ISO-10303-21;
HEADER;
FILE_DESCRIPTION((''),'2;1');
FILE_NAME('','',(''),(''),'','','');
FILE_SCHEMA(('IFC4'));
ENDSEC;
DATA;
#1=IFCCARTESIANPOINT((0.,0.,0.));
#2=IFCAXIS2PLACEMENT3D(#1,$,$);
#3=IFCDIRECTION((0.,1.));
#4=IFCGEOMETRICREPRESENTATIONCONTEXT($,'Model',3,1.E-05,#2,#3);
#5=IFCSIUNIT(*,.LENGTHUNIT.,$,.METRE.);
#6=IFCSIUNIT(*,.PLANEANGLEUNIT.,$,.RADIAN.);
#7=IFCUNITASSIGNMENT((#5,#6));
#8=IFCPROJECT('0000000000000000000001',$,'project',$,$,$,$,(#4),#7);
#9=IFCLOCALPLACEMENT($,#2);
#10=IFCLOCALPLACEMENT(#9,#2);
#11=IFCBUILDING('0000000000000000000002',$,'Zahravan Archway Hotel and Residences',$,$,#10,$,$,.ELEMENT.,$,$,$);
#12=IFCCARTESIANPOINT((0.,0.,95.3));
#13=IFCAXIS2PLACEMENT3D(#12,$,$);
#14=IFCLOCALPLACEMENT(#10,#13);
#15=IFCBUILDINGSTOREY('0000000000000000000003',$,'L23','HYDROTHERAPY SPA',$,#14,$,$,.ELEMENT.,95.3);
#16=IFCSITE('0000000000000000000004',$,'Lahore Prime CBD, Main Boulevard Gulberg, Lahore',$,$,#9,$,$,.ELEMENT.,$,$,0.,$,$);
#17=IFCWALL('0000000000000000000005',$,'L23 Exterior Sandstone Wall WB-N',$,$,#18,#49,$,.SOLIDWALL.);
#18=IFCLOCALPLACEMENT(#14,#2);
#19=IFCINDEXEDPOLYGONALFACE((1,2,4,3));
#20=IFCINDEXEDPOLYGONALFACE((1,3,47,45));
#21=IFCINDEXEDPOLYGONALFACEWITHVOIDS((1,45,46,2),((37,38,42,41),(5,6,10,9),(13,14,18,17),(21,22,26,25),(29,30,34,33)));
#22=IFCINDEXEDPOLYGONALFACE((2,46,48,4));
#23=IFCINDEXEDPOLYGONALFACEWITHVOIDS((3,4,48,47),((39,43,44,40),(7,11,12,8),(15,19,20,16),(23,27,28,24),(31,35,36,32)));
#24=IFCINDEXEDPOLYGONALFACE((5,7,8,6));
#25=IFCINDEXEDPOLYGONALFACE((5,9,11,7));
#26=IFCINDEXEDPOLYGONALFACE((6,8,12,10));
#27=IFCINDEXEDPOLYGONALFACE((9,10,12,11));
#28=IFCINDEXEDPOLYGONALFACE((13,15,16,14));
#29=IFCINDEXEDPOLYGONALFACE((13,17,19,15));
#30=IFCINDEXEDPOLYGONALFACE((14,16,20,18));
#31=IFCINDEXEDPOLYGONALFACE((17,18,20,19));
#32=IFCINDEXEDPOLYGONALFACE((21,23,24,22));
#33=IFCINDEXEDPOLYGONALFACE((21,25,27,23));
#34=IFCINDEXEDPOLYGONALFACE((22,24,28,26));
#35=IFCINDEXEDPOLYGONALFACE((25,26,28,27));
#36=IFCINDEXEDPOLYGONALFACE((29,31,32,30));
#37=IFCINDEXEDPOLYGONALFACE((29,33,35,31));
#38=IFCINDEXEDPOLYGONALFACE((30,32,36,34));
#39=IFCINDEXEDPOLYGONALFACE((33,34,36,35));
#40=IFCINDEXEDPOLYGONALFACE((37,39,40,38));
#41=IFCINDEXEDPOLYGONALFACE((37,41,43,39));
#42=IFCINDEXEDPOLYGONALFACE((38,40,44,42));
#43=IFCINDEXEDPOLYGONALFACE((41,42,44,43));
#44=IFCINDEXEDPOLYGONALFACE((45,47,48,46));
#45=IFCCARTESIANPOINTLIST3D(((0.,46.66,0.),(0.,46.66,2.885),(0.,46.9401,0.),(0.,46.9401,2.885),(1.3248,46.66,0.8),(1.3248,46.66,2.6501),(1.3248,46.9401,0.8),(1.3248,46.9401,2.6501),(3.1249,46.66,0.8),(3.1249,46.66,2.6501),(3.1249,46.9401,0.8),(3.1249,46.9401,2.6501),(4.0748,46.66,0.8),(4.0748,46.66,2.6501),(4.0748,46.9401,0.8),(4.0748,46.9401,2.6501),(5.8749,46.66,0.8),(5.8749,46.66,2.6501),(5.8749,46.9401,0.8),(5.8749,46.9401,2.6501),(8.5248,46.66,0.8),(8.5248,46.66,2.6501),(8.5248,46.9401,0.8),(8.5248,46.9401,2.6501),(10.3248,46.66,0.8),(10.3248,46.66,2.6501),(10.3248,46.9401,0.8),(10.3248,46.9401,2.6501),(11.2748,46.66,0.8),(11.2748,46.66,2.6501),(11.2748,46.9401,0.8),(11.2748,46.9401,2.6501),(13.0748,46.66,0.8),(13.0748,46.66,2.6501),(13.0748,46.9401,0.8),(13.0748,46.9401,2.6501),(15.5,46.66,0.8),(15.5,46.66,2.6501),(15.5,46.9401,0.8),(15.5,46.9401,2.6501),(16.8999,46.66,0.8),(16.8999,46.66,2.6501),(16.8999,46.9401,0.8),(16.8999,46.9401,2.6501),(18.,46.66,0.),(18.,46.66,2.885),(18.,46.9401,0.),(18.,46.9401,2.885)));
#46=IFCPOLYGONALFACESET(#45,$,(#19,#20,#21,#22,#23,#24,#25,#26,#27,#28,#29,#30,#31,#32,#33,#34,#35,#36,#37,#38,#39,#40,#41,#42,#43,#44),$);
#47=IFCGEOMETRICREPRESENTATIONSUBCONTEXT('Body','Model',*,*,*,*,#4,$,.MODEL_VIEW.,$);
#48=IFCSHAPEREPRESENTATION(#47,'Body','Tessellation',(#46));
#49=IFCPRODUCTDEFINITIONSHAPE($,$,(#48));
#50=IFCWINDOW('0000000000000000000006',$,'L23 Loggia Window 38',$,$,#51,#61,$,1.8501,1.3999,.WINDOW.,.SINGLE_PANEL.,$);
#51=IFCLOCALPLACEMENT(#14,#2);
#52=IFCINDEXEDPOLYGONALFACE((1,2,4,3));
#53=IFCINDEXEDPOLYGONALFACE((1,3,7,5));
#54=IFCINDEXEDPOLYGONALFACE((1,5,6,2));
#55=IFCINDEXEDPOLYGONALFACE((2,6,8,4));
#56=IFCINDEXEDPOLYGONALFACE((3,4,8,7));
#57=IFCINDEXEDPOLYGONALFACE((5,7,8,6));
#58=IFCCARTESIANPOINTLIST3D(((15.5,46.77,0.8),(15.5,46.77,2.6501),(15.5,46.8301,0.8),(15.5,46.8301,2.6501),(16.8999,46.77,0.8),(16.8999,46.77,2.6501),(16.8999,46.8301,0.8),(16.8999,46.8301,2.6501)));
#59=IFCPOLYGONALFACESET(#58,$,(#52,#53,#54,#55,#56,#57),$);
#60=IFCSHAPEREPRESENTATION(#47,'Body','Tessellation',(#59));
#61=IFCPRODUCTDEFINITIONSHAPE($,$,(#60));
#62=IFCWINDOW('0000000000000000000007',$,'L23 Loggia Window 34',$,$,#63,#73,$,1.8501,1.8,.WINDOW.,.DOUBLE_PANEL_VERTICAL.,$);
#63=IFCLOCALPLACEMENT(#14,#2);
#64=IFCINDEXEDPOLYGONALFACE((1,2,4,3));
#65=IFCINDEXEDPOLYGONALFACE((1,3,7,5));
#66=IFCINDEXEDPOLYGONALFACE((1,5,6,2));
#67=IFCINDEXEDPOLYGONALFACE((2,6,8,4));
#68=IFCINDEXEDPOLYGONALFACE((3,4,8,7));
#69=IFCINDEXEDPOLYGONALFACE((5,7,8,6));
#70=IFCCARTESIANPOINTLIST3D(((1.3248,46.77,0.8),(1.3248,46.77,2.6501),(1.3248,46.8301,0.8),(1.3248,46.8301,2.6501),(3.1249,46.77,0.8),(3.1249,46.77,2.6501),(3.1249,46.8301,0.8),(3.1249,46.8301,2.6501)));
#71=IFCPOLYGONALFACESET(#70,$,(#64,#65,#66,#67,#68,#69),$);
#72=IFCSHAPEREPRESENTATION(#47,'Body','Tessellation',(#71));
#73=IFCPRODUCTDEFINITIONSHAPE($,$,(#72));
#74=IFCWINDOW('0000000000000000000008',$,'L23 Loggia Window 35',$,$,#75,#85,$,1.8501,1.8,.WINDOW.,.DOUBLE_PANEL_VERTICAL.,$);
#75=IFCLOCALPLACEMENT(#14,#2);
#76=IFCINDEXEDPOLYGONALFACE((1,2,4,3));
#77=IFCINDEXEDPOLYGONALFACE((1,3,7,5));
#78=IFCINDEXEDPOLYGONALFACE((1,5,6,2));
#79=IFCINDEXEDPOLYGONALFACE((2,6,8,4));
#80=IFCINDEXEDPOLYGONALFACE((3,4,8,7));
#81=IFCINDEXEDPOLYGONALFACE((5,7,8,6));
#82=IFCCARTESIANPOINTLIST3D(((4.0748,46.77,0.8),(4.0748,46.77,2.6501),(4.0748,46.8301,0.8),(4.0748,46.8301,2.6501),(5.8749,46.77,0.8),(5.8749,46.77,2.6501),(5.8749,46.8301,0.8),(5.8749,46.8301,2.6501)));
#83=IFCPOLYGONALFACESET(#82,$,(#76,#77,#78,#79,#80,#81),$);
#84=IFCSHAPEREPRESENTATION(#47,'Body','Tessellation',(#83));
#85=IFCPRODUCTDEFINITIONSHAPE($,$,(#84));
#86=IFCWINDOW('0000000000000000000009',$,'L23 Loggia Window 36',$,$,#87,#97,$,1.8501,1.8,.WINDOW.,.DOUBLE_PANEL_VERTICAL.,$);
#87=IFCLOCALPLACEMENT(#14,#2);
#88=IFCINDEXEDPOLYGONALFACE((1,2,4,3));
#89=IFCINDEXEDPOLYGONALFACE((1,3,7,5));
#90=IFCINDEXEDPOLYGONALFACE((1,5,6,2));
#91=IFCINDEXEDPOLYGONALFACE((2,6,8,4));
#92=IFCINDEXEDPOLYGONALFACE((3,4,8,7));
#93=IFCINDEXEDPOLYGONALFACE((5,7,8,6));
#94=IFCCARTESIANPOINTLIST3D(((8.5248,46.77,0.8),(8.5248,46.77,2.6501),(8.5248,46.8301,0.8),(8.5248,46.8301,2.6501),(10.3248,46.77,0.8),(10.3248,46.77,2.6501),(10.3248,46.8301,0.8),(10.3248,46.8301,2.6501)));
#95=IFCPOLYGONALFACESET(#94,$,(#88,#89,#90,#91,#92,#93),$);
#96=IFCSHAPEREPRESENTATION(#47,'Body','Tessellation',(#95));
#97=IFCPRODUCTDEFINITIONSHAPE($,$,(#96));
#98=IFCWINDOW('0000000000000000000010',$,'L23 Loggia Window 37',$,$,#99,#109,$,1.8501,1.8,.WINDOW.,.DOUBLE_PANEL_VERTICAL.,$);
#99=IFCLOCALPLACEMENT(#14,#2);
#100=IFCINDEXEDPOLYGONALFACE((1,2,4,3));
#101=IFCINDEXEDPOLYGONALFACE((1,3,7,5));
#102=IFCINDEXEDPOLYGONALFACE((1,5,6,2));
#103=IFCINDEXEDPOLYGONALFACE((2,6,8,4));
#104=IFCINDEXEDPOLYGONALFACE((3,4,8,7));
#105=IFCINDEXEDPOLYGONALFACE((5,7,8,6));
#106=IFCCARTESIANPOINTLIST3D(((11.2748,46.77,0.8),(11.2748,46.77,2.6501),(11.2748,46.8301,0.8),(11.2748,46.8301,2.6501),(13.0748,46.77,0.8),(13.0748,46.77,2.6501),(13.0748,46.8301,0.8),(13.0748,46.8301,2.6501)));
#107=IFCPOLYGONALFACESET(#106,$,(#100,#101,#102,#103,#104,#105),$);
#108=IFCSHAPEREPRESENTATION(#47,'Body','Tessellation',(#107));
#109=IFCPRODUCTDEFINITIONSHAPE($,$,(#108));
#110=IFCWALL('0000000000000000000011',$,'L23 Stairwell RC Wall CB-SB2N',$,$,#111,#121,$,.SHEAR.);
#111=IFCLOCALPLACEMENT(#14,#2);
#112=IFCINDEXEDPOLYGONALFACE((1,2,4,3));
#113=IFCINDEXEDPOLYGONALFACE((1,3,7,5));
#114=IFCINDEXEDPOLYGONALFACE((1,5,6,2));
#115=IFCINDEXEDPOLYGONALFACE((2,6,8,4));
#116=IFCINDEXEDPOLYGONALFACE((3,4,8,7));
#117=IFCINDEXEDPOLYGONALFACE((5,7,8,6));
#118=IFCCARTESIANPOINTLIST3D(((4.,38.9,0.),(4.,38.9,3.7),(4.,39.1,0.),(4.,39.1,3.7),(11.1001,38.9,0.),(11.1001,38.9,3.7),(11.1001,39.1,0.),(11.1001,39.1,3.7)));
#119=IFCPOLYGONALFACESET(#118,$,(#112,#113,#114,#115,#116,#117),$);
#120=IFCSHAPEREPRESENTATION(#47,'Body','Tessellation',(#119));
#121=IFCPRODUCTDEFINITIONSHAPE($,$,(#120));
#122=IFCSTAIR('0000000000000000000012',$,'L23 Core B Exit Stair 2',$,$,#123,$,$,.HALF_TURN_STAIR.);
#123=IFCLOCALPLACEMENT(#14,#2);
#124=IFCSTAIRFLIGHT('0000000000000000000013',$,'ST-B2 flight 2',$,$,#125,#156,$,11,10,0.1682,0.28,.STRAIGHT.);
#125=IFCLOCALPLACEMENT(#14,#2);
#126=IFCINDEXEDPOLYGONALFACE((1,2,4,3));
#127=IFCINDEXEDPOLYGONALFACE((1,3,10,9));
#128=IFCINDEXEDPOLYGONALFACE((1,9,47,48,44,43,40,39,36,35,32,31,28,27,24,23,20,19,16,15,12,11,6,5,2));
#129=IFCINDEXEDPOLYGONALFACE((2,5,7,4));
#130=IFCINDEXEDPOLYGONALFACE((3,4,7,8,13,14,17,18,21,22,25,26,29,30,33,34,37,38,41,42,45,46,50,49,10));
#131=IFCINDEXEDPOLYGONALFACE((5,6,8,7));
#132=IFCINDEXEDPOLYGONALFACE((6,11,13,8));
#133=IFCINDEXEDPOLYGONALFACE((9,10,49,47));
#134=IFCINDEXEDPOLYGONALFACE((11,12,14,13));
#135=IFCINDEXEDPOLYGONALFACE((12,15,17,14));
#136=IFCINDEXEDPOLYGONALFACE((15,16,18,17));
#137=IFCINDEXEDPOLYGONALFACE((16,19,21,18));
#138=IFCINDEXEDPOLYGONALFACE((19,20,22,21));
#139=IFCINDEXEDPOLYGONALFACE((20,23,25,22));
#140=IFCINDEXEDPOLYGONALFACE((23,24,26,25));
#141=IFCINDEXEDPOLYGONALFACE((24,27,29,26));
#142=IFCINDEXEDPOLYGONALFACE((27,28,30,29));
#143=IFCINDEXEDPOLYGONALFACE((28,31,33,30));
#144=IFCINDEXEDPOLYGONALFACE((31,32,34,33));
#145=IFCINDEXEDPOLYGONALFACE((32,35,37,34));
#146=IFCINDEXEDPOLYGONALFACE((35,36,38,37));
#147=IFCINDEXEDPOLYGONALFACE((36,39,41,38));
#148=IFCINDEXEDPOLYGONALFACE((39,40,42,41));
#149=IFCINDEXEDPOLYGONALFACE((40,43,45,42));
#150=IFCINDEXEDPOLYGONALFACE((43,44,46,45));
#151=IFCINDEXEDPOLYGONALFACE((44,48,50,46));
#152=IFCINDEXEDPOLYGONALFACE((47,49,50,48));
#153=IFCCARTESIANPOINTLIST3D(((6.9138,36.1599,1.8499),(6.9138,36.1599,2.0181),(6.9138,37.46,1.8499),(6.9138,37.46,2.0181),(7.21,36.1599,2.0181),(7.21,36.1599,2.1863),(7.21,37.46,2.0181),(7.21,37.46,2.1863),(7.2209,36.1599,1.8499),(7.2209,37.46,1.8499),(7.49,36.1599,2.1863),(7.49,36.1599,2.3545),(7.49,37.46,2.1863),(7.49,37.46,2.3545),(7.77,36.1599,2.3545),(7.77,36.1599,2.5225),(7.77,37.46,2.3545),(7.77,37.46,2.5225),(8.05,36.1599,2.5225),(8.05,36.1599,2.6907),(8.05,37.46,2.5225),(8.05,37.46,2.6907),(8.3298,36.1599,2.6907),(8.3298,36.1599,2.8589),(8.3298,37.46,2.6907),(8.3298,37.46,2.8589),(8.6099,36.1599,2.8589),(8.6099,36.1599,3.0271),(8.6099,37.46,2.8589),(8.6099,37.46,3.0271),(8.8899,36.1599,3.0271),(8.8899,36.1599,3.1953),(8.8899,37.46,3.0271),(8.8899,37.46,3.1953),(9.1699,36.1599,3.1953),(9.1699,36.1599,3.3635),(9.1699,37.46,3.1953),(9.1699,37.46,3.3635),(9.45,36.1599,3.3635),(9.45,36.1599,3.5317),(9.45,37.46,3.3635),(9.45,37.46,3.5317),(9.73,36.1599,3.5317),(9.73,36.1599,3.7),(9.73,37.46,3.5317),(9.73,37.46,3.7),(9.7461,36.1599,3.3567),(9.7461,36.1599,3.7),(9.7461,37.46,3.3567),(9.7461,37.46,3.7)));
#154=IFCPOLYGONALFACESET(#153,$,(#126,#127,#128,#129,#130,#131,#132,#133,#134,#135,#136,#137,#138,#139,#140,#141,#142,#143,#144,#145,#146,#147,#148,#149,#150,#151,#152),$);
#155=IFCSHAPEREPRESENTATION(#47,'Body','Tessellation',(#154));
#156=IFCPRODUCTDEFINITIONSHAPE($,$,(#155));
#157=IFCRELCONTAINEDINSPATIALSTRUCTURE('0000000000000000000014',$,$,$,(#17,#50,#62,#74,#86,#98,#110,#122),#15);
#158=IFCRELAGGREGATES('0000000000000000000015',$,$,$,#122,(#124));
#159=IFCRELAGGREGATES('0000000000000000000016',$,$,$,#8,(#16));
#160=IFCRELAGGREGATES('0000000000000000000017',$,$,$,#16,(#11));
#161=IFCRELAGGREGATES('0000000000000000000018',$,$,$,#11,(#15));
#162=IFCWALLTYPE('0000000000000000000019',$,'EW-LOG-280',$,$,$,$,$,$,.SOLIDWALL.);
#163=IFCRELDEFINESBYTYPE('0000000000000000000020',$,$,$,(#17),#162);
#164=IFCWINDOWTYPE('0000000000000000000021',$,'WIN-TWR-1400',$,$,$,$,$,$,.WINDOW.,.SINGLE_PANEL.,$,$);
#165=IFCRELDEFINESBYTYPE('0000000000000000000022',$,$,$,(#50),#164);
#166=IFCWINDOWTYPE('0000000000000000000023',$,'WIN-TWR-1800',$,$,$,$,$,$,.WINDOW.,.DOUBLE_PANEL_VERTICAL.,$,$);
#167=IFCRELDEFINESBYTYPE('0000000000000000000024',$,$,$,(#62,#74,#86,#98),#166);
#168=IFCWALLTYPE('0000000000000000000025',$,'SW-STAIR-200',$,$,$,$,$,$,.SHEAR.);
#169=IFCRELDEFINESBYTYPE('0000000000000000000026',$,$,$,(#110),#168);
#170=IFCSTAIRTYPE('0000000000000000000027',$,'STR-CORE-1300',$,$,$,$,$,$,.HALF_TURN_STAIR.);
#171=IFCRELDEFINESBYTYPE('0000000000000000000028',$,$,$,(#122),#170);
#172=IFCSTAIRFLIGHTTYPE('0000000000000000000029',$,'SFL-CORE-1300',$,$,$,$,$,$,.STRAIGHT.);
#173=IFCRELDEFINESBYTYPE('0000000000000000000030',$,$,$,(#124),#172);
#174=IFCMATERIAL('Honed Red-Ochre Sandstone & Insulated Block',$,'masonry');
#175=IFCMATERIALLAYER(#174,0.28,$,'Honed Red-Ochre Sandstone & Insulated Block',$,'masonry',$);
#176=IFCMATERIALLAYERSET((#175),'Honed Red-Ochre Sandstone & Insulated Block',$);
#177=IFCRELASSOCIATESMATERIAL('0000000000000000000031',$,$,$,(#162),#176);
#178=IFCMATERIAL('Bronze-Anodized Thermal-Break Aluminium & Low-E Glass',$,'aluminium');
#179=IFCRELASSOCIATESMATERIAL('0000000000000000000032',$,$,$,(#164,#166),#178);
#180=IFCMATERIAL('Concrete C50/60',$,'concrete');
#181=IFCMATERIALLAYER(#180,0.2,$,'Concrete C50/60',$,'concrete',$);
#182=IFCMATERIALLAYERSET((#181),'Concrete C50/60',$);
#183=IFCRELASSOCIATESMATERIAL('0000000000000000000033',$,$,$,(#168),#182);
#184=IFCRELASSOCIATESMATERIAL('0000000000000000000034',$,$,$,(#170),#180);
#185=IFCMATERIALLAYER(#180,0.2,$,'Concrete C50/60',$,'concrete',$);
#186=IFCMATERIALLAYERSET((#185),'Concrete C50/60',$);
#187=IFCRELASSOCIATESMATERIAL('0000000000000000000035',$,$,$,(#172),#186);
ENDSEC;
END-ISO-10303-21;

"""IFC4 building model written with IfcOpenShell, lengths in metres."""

from ifc_helpers import new_model, si_unit, direction, frame, frame_2d, origin, place, context, subcontext, project, spatial, polyline, rectangle, outline, extrude, source, transform, mapped, material, layer, layer_set, type_object, type_shapes, element, fill, aggregate, save


model = new_model("IFC4")

# Units and contexts
model_context = context("Model", 3, precision=1e-05, world=origin(), true_north=direction((0.0, 1.0)))
body_context = subcontext(model_context, "Body", "Model", "MODEL_VIEW")
ifc_project = project(units=[si_unit("LENGTHUNIT", "METRE"), si_unit("PLANEANGLEUNIT", "RADIAN")], contexts=[model_context])

# Site, building, storey
site_placement = place(None, origin())
site = spatial("IfcSite", under=ifc_project, at=site_placement, Name="Lahore Prime CBD, Main Boulevard Gulberg, Lahore", CompositionType="ELEMENT", RefElevation=0.0)
building_placement = place(site_placement, origin())
building = spatial("IfcBuilding", under=site, at=building_placement, Name="Zahravan Archway Hotel and Residences", CompositionType="ELEMENT")
storey_placement = place(building_placement, frame((0.0, 0.0, 95.3)))
storey = spatial("IfcBuildingStorey", under=building, at=storey_placement, Name="L23", Description="HYDROTHERAPY SPA", CompositionType="ELEMENT", Elevation=95.3)

# Wall, openings, windows
ifc_material_1 = material(Name="Honed Red-Ochre Sandstone & Insulated Block", Category="masonry")
ifc_layer_1 = layer(ifc_material_1, 0.28, Name="Honed Red-Ochre Sandstone & Insulated Block", Category="masonry")
ifc_layer_set_1 = layer_set([ifc_layer_1], Name="Honed Red-Ochre Sandstone & Insulated Block")
wall_type_1 = type_object("IfcWallType", Name="EW-LOG-280", PredefinedType="SOLIDWALL", material=ifc_layer_set_1)
wall_1_placement = place(storey_placement, frame((0.0, 46.8, 0.0), z_axis=(0.0, 0.0, 1.0), x_axis=(1.0, 0.0, 0.0)))
wall_1 = element("IfcWall", 1, at=wall_1_placement, inside=storey, type_object=wall_type_1, Name="L23 Exterior Sandstone Wall WB-N", PredefinedType="SOLIDWALL", context=body_context, shape_type="SweptSolid", body=[
    extrude(rectangle(XDim=18.0, YDim=0.28, at=frame_2d((9.0, 0.0))), origin(), (0.0, 0.0, 1.0), 2.885),
])
opening_1_placement = place(wall_1_placement, frame((1.325, 0.0, 0.8)))
opening_1 = element("IfcOpeningElement", 2, at=opening_1_placement, cuts=wall_1, PredefinedType="OPENING", context=body_context, shape_type="SweptSolid", body=[
    extrude(rectangle(XDim=1.8, YDim=1.8501, at=frame_2d((0.8999, 0.925))), frame((0.0, 0.1499, 0.0), z_axis=(0.0, -1.0, 0.0), x_axis=(1.0, 0.0, 0.0)), (0.0, 0.0, 1.0), 0.3),
])
opening_2_placement = place(wall_1_placement, frame((4.075, 0.0, 0.8)))
opening_2 = element("IfcOpeningElement", 3, at=opening_2_placement, cuts=wall_1, PredefinedType="OPENING", context=body_context, shape_type="SweptSolid", body=[
    extrude(rectangle(XDim=1.8, YDim=1.8501, at=frame_2d((0.8999, 0.925))), frame((0.0, 0.1499, 0.0), z_axis=(0.0, -1.0, 0.0), x_axis=(1.0, 0.0, 0.0)), (0.0, 0.0, 1.0), 0.3),
])
opening_3_placement = place(wall_1_placement, frame((8.5249, 0.0, 0.8)))
opening_3 = element("IfcOpeningElement", 4, at=opening_3_placement, cuts=wall_1, PredefinedType="OPENING", context=body_context, shape_type="SweptSolid", body=[
    extrude(rectangle(XDim=1.8, YDim=1.8501, at=frame_2d((0.8999, 0.925))), frame((0.0, 0.1499, 0.0), z_axis=(0.0, -1.0, 0.0), x_axis=(1.0, 0.0, 0.0)), (0.0, 0.0, 1.0), 0.3),
])
opening_4_placement = place(wall_1_placement, frame((11.2749, 0.0, 0.8)))
opening_4 = element("IfcOpeningElement", 5, at=opening_4_placement, cuts=wall_1, PredefinedType="OPENING", context=body_context, shape_type="SweptSolid", body=[
    extrude(rectangle(XDim=1.8, YDim=1.8501, at=frame_2d((0.8999, 0.925))), frame((0.0, 0.1499, 0.0), z_axis=(0.0, -1.0, 0.0), x_axis=(1.0, 0.0, 0.0)), (0.0, 0.0, 1.0), 0.3),
])
opening_5_placement = place(wall_1_placement, frame((15.5, 0.0, 0.8)))
opening_5 = element("IfcOpeningElement", 6, at=opening_5_placement, cuts=wall_1, PredefinedType="OPENING", context=body_context, shape_type="SweptSolid", body=[
    extrude(rectangle(XDim=1.3999, YDim=1.8501, at=frame_2d((0.7, 0.925))), frame((0.0, 0.1499, 0.0), z_axis=(0.0, -1.0, 0.0), x_axis=(1.0, 0.0, 0.0)), (0.0, 0.0, 1.0), 0.3),
])
ifc_material_2 = material(Name="Bronze-Anodized Thermal-Break Aluminium & Low-E Glass", Category="aluminium")
window_type_1 = type_object("IfcWindowType", Name="WIN-TWR-1400", PartitioningType="SINGLE_PANEL", PredefinedType="WINDOW", material=ifc_material_2)
shared_shape_1 = source(origin(), body_context, "Body", "SweptSolid", [
    extrude(rectangle(XDim=1.3999, YDim=1.8501, at=frame_2d((0.7, 0.925))), frame((0.0, 0.03, 0.0), z_axis=(0.0, -1.0, 0.0), x_axis=(1.0, 0.0, 0.0)), (0.0, 0.0, 1.0), 0.0601),
])
type_shapes(window_type_1, [shared_shape_1])
window_1_placement = place(opening_5_placement, origin())
window_1 = element("IfcWindow", 7, at=window_1_placement, inside=storey, type_object=window_type_1, Name="L23 Loggia Window 38", OverallHeight=1.8501, OverallWidth=1.3999, PartitioningType="SINGLE_PANEL", PredefinedType="WINDOW", context=body_context, shape_type="MappedRepresentation", body=[
    mapped(shared_shape_1, transform((0.0, 0.0, 0.0), scale=1.0)),
])
fill(opening_5, window_1)
window_type_2 = type_object("IfcWindowType", Name="WIN-TWR-1800", PartitioningType="DOUBLE_PANEL_VERTICAL", PredefinedType="WINDOW", material=ifc_material_2)
shared_shape_2 = source(origin(), body_context, "Body", "SweptSolid", [
    extrude(rectangle(XDim=1.8, YDim=1.8501, at=frame_2d((0.8999, 0.925))), frame((0.0, 0.03, 0.0), z_axis=(0.0, -1.0, 0.0), x_axis=(1.0, 0.0, 0.0)), (0.0, 0.0, 1.0), 0.0601),
])
type_shapes(window_type_2, [shared_shape_2])
window_2_placement = place(opening_1_placement, origin())
window_2 = element("IfcWindow", 8, at=window_2_placement, inside=storey, type_object=window_type_2, Name="L23 Loggia Window 34", OverallHeight=1.8501, OverallWidth=1.8, PartitioningType="DOUBLE_PANEL_VERTICAL", PredefinedType="WINDOW", context=body_context, shape_type="MappedRepresentation", body=[
    mapped(shared_shape_2, transform((0.0, 0.0, 0.0), scale=1.0)),
])
fill(opening_1, window_2)
window_3_placement = place(opening_2_placement, origin())
window_3 = element("IfcWindow", 9, at=window_3_placement, inside=storey, type_object=window_type_2, Name="L23 Loggia Window 35", OverallHeight=1.8501, OverallWidth=1.8, PartitioningType="DOUBLE_PANEL_VERTICAL", PredefinedType="WINDOW", context=body_context, shape_type="MappedRepresentation", body=[
    mapped(shared_shape_2, transform((0.0, 0.0, 0.0), scale=1.0)),
])
fill(opening_2, window_3)
window_4_placement = place(opening_3_placement, origin())
window_4 = element("IfcWindow", 10, at=window_4_placement, inside=storey, type_object=window_type_2, Name="L23 Loggia Window 36", OverallHeight=1.8501, OverallWidth=1.8, PartitioningType="DOUBLE_PANEL_VERTICAL", PredefinedType="WINDOW", context=body_context, shape_type="MappedRepresentation", body=[
    mapped(shared_shape_2, transform((0.0, 0.0, 0.0), scale=1.0)),
])
fill(opening_3, window_4)
window_5_placement = place(opening_4_placement, origin())
window_5 = element("IfcWindow", 11, at=window_5_placement, inside=storey, type_object=window_type_2, Name="L23 Loggia Window 37", OverallHeight=1.8501, OverallWidth=1.8, PartitioningType="DOUBLE_PANEL_VERTICAL", PredefinedType="WINDOW", context=body_context, shape_type="MappedRepresentation", body=[
    mapped(shared_shape_2, transform((0.0, 0.0, 0.0), scale=1.0)),
])
fill(opening_4, window_5)

# Wall
ifc_material_3 = material(Name="Concrete C50/60", Category="concrete")
ifc_layer_2 = layer(ifc_material_3, 0.2, Name="Concrete C50/60", Category="concrete")
ifc_layer_set_2 = layer_set([ifc_layer_2], Name="Concrete C50/60")
wall_type_2 = type_object("IfcWallType", Name="SW-STAIR-200", PredefinedType="SHEAR", material=ifc_layer_set_2)
wall_2_placement = place(storey_placement, frame((4.0, 39.0, 0.0), z_axis=(0.0, 0.0, 1.0), x_axis=(1.0, 0.0, 0.0)))
element("IfcWall", 12, at=wall_2_placement, inside=storey, type_object=wall_type_2, Name="L23 Stairwell RC Wall CB-SB2N", PredefinedType="SHEAR", context=body_context, shape_type="SweptSolid", body=[
    extrude(rectangle(XDim=7.1001, YDim=0.2, at=frame_2d((3.55, 0.0))), origin(), (0.0, 0.0, 1.0), 3.7),
])

# Stair, stair flight
stair_type = type_object("IfcStairType", Name="STR-CORE-1300", PredefinedType="HALF_TURN_STAIR", material=ifc_material_3)
stair_placement = place(storey_placement, origin())
stair = element("IfcStair", 13, at=stair_placement, inside=storey, type_object=stair_type, Name="L23 Core B Exit Stair 2", PredefinedType="HALF_TURN_STAIR")
ifc_layer_3 = layer(ifc_material_3, 0.2, Name="Concrete C50/60", Category="concrete")
ifc_layer_set_3 = layer_set([ifc_layer_3], Name="Concrete C50/60")
stair_flight_type = type_object("IfcStairFlightType", Name="SFL-CORE-1300", PredefinedType="STRAIGHT", material=ifc_layer_set_3)
shared_shape_3 = source(origin(), body_context, "Body", "SweptSolid", [
    extrude(outline(polyline([(-0.0161, 0.0), (-0.0161, 0.1682), (0.28, 0.1682), (0.28, 0.3364), (0.5601, 0.3364), (0.5601, 0.5046), (0.8401, 0.5046), (0.8401, 0.6726), (1.1201, 0.6726), (1.1201, 0.8408), (1.3999, 0.8408), (1.3999, 1.009), (1.6799, 1.009), (1.6799, 1.1772), (1.96, 1.1772), (1.96, 1.3455), (2.24, 1.3455), (2.24, 1.5137), (2.52, 1.5137), (2.52, 1.6819), (2.8, 1.6819), (2.8, 1.8501), (2.8162, 1.8501), (2.8162, 1.5068), (0.291, 0.0), (-0.0161, 0.0)])), frame((0.0, 0.6499, 0.0), z_axis=(0.0, -1.0, 0.0), x_axis=(1.0, 0.0, 0.0)), (0.0, 0.0, 1.0), 1.3),
])
stair_flight_placement = place(storey_placement, frame((6.9299, 36.8101, 1.8499), z_axis=(0.0, 0.0, 1.0), x_axis=(1.0, 0.0, 0.0)))
stair_flight = element("IfcStairFlight", 14, at=stair_flight_placement, type_object=stair_flight_type, Name="ST-B2 flight 2", NumberOfRisers=11, NumberOfTreads=10, PredefinedType="STRAIGHT", RiserHeight=0.1682, TreadLength=0.28, context=body_context, shape_type="MappedRepresentation", body=[
    mapped(shared_shape_3, transform((0.0, 0.0, 0.0), scale=1.0)),
])
aggregate(stair, [stair_flight])

save(model, "model.ifc")
